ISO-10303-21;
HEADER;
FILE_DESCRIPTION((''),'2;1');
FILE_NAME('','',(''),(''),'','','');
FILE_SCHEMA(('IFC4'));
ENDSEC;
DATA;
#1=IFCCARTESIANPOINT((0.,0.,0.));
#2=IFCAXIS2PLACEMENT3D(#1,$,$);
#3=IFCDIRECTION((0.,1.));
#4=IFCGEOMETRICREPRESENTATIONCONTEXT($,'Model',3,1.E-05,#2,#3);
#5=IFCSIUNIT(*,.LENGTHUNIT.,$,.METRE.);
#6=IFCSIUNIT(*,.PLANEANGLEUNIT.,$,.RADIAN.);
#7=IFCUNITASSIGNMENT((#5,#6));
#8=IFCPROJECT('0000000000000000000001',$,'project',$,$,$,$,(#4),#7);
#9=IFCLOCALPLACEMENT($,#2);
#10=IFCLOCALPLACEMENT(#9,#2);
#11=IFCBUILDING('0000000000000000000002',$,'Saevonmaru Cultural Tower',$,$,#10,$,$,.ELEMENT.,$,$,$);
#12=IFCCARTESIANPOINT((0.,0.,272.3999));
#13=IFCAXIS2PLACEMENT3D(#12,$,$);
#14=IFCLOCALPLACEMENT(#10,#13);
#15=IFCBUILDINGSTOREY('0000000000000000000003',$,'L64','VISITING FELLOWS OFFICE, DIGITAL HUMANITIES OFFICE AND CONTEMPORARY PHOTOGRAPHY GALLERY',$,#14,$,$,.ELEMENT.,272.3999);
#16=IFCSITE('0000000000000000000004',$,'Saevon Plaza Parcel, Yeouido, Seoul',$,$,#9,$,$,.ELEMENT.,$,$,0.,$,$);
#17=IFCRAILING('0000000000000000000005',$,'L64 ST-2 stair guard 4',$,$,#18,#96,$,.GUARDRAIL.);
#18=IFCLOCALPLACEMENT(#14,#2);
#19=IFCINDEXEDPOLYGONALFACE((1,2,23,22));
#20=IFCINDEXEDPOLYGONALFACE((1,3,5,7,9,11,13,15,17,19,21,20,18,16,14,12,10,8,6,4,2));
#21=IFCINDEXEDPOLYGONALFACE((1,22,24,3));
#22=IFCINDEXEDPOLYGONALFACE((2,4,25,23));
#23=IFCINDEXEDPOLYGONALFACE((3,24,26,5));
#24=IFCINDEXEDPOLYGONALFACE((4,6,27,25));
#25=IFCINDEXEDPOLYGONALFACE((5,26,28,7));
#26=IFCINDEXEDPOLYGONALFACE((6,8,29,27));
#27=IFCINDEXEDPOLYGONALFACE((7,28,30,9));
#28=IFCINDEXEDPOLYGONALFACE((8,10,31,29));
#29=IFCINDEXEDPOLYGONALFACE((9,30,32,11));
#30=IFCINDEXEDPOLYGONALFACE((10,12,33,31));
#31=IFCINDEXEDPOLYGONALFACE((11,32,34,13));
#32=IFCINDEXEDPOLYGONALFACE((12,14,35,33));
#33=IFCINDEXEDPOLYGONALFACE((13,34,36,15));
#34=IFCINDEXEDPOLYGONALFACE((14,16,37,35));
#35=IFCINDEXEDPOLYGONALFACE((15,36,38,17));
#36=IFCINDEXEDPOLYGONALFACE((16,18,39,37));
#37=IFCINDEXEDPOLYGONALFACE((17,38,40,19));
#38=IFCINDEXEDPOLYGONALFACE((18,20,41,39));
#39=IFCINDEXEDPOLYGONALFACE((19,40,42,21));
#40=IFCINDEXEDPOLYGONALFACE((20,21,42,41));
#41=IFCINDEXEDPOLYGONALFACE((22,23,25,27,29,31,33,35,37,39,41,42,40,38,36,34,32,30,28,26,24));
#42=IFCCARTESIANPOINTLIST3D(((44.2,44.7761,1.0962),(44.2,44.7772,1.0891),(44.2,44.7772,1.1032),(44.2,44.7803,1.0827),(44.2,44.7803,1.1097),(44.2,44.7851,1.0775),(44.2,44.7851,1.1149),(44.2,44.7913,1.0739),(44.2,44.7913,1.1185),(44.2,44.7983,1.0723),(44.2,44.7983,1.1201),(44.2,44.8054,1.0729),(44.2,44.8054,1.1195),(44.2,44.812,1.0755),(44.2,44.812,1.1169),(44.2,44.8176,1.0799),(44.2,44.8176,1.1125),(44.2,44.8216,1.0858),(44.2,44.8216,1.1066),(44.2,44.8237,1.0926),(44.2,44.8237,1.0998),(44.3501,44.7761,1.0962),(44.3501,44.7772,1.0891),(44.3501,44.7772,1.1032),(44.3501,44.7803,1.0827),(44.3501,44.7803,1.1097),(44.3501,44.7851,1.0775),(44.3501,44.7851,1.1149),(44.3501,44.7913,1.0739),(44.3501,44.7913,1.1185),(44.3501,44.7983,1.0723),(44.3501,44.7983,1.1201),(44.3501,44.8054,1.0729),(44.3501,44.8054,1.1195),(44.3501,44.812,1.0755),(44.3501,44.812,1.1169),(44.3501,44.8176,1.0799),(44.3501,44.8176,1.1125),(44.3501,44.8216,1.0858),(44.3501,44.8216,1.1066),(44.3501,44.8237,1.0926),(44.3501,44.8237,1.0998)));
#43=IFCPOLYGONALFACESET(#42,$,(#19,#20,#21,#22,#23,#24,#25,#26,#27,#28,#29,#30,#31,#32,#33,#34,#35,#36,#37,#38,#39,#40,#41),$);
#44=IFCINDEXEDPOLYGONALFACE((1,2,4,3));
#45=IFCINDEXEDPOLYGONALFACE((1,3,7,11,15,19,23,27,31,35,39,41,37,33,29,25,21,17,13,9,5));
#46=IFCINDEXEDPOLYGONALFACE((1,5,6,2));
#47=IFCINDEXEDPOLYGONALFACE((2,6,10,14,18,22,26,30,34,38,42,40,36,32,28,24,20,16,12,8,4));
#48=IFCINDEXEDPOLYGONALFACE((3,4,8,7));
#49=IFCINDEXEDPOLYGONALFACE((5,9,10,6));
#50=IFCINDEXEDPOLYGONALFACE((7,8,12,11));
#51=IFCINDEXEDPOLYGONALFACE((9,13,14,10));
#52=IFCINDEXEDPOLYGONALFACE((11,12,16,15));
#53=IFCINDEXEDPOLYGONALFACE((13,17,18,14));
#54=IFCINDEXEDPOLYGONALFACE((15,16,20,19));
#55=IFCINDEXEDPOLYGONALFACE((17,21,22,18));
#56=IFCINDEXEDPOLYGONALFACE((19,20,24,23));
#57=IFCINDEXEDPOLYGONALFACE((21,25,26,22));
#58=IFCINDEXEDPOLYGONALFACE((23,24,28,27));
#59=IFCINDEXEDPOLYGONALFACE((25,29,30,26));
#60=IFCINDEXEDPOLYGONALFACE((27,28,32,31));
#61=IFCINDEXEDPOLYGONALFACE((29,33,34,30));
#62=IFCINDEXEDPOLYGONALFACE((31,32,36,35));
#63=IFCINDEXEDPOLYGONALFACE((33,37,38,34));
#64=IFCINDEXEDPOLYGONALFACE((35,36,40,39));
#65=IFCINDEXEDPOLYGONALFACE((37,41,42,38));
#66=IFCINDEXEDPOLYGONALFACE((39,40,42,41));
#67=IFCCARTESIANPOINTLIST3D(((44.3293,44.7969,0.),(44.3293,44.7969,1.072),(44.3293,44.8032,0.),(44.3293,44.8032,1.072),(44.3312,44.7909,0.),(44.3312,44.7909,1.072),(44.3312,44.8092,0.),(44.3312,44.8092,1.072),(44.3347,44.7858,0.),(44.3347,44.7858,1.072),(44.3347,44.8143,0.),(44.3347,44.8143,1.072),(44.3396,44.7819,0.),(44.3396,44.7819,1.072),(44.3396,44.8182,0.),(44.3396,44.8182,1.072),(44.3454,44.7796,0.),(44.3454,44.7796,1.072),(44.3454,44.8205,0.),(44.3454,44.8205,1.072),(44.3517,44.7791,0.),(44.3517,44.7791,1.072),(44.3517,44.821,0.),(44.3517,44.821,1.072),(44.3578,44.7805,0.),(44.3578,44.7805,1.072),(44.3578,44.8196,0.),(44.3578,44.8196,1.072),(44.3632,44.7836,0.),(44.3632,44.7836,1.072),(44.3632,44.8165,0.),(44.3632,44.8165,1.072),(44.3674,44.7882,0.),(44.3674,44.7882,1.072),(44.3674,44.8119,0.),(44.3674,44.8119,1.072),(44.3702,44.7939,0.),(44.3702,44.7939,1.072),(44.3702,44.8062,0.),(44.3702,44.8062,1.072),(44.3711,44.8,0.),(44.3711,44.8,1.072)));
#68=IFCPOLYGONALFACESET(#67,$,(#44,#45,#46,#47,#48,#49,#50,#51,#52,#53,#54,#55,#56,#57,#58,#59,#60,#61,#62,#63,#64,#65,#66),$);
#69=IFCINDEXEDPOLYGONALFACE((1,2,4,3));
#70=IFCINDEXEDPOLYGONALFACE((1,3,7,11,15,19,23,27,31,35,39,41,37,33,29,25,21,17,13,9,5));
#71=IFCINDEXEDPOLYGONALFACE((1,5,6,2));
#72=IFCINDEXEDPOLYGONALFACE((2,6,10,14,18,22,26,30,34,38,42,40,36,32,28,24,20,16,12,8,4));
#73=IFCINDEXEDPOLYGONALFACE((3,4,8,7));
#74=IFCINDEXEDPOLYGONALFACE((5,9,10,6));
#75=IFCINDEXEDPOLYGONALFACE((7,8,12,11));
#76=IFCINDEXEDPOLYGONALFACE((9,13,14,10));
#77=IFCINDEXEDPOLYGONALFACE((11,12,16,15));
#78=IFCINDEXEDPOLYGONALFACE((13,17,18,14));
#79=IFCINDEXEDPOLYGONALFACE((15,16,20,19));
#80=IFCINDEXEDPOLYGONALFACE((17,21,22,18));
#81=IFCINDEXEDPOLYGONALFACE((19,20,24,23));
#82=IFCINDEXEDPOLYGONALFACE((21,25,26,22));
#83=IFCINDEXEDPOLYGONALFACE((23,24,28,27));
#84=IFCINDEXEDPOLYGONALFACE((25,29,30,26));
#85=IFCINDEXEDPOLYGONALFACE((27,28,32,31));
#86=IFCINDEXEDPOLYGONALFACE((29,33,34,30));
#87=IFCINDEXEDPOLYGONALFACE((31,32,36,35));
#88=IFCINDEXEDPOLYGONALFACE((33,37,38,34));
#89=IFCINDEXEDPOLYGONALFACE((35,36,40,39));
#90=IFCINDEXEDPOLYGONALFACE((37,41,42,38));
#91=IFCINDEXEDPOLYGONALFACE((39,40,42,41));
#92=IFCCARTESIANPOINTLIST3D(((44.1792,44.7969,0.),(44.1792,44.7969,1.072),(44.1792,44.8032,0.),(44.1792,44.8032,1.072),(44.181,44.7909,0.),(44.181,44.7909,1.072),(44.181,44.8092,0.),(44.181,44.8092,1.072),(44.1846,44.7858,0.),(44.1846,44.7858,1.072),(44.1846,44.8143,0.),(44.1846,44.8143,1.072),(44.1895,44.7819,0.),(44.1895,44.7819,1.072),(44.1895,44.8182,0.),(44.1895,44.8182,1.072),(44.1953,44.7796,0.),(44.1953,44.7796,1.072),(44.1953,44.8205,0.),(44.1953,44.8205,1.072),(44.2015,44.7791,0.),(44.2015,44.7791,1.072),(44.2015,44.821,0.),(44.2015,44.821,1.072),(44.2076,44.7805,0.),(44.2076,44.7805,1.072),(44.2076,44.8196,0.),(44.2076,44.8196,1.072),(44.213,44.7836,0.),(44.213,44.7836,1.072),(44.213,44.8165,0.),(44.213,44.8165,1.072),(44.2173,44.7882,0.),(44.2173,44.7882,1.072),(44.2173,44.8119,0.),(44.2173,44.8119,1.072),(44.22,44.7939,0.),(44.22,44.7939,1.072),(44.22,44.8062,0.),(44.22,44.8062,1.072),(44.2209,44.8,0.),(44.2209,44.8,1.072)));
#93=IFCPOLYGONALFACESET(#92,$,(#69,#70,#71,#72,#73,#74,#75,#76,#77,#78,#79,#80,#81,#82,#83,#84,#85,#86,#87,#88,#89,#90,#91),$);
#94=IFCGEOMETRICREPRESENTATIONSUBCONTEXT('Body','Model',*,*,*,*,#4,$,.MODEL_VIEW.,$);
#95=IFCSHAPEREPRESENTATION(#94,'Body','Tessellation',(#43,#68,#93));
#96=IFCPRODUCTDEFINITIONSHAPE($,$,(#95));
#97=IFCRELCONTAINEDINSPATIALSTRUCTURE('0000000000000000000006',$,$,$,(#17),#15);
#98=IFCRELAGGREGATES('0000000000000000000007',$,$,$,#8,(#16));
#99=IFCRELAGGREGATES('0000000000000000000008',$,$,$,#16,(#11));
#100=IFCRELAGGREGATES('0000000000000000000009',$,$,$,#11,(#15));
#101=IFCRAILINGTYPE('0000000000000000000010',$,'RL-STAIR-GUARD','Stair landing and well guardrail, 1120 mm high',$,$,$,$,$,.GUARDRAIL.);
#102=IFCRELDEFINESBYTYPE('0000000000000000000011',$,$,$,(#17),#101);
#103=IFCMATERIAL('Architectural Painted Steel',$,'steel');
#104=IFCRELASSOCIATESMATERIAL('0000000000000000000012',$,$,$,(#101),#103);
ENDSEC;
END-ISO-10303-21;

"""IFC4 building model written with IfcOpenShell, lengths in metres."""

from ifc_helpers import new_model, si_unit, direction, frame, origin, origin_2d, place, context, subcontext, project, spatial, circle, extrude, material, type_object, element, save


model = new_model("IFC4")

# Units and contexts
model_context = context("Model", 3, precision=1e-05, world=origin(), true_north=direction((0.0, 1.0)))
body_context = subcontext(model_context, "Body", "Model", "MODEL_VIEW")
ifc_project = project(units=[si_unit("LENGTHUNIT", "METRE"), si_unit("PLANEANGLEUNIT", "RADIAN")], contexts=[model_context])

# Site, building, storey
site_placement = place(None, origin())
site = spatial("IfcSite", under=ifc_project, at=site_placement, Name="Saevon Plaza Parcel, Yeouido, Seoul", CompositionType="ELEMENT", RefElevation=0.0)
building_placement = place(site_placement, origin())
building = spatial("IfcBuilding", under=site, at=building_placement, Name="Saevonmaru Cultural Tower", CompositionType="ELEMENT")
storey_placement = place(building_placement, frame((0.0, 0.0, 272.3999)))
storey = spatial("IfcBuildingStorey", under=building, at=storey_placement, Name="L64", Description="VISITING FELLOWS OFFICE, DIGITAL HUMANITIES OFFICE AND CONTEMPORARY PHOTOGRAPHY GALLERY", CompositionType="ELEMENT", Elevation=272.3999)

# Railing
ifc_material_1 = material(Name="Architectural Painted Steel", Category="steel")
railing_type_1 = type_object("IfcRailingType", Name="RL-STAIR-GUARD", Description="Stair landing and well guardrail, 1120 mm high", PredefinedType="GUARDRAIL", material=ifc_material_1)
railing_1_placement = place(storey_placement, frame((44.3501, 44.8, 0.0)))
element("IfcRailing", 1, at=railing_1_placement, inside=storey, type_object=railing_type_1, Name="L64 ST-2 stair guard 4", PredefinedType="GUARDRAIL", context=body_context, shape_type="SweptSolid", body=[
    extrude(circle(Radius=0.0239, at=origin_2d()), frame((0.0, 0.0, 1.0962), z_axis=(-1.0, 0.0, 0.0), x_axis=(0.0, -1.0, 0.0)), (0.0, 0.0, 1.0), 0.1501),
    extrude(circle(Radius=0.021, at=origin_2d()), origin(), (0.0, 0.0, 1.0), 1.072),
    extrude(circle(Radius=0.021, at=origin_2d()), frame((-0.1501, 0.0, 0.0)), (0.0, 0.0, 1.0), 1.072),
])

save(model, "model.ifc")
